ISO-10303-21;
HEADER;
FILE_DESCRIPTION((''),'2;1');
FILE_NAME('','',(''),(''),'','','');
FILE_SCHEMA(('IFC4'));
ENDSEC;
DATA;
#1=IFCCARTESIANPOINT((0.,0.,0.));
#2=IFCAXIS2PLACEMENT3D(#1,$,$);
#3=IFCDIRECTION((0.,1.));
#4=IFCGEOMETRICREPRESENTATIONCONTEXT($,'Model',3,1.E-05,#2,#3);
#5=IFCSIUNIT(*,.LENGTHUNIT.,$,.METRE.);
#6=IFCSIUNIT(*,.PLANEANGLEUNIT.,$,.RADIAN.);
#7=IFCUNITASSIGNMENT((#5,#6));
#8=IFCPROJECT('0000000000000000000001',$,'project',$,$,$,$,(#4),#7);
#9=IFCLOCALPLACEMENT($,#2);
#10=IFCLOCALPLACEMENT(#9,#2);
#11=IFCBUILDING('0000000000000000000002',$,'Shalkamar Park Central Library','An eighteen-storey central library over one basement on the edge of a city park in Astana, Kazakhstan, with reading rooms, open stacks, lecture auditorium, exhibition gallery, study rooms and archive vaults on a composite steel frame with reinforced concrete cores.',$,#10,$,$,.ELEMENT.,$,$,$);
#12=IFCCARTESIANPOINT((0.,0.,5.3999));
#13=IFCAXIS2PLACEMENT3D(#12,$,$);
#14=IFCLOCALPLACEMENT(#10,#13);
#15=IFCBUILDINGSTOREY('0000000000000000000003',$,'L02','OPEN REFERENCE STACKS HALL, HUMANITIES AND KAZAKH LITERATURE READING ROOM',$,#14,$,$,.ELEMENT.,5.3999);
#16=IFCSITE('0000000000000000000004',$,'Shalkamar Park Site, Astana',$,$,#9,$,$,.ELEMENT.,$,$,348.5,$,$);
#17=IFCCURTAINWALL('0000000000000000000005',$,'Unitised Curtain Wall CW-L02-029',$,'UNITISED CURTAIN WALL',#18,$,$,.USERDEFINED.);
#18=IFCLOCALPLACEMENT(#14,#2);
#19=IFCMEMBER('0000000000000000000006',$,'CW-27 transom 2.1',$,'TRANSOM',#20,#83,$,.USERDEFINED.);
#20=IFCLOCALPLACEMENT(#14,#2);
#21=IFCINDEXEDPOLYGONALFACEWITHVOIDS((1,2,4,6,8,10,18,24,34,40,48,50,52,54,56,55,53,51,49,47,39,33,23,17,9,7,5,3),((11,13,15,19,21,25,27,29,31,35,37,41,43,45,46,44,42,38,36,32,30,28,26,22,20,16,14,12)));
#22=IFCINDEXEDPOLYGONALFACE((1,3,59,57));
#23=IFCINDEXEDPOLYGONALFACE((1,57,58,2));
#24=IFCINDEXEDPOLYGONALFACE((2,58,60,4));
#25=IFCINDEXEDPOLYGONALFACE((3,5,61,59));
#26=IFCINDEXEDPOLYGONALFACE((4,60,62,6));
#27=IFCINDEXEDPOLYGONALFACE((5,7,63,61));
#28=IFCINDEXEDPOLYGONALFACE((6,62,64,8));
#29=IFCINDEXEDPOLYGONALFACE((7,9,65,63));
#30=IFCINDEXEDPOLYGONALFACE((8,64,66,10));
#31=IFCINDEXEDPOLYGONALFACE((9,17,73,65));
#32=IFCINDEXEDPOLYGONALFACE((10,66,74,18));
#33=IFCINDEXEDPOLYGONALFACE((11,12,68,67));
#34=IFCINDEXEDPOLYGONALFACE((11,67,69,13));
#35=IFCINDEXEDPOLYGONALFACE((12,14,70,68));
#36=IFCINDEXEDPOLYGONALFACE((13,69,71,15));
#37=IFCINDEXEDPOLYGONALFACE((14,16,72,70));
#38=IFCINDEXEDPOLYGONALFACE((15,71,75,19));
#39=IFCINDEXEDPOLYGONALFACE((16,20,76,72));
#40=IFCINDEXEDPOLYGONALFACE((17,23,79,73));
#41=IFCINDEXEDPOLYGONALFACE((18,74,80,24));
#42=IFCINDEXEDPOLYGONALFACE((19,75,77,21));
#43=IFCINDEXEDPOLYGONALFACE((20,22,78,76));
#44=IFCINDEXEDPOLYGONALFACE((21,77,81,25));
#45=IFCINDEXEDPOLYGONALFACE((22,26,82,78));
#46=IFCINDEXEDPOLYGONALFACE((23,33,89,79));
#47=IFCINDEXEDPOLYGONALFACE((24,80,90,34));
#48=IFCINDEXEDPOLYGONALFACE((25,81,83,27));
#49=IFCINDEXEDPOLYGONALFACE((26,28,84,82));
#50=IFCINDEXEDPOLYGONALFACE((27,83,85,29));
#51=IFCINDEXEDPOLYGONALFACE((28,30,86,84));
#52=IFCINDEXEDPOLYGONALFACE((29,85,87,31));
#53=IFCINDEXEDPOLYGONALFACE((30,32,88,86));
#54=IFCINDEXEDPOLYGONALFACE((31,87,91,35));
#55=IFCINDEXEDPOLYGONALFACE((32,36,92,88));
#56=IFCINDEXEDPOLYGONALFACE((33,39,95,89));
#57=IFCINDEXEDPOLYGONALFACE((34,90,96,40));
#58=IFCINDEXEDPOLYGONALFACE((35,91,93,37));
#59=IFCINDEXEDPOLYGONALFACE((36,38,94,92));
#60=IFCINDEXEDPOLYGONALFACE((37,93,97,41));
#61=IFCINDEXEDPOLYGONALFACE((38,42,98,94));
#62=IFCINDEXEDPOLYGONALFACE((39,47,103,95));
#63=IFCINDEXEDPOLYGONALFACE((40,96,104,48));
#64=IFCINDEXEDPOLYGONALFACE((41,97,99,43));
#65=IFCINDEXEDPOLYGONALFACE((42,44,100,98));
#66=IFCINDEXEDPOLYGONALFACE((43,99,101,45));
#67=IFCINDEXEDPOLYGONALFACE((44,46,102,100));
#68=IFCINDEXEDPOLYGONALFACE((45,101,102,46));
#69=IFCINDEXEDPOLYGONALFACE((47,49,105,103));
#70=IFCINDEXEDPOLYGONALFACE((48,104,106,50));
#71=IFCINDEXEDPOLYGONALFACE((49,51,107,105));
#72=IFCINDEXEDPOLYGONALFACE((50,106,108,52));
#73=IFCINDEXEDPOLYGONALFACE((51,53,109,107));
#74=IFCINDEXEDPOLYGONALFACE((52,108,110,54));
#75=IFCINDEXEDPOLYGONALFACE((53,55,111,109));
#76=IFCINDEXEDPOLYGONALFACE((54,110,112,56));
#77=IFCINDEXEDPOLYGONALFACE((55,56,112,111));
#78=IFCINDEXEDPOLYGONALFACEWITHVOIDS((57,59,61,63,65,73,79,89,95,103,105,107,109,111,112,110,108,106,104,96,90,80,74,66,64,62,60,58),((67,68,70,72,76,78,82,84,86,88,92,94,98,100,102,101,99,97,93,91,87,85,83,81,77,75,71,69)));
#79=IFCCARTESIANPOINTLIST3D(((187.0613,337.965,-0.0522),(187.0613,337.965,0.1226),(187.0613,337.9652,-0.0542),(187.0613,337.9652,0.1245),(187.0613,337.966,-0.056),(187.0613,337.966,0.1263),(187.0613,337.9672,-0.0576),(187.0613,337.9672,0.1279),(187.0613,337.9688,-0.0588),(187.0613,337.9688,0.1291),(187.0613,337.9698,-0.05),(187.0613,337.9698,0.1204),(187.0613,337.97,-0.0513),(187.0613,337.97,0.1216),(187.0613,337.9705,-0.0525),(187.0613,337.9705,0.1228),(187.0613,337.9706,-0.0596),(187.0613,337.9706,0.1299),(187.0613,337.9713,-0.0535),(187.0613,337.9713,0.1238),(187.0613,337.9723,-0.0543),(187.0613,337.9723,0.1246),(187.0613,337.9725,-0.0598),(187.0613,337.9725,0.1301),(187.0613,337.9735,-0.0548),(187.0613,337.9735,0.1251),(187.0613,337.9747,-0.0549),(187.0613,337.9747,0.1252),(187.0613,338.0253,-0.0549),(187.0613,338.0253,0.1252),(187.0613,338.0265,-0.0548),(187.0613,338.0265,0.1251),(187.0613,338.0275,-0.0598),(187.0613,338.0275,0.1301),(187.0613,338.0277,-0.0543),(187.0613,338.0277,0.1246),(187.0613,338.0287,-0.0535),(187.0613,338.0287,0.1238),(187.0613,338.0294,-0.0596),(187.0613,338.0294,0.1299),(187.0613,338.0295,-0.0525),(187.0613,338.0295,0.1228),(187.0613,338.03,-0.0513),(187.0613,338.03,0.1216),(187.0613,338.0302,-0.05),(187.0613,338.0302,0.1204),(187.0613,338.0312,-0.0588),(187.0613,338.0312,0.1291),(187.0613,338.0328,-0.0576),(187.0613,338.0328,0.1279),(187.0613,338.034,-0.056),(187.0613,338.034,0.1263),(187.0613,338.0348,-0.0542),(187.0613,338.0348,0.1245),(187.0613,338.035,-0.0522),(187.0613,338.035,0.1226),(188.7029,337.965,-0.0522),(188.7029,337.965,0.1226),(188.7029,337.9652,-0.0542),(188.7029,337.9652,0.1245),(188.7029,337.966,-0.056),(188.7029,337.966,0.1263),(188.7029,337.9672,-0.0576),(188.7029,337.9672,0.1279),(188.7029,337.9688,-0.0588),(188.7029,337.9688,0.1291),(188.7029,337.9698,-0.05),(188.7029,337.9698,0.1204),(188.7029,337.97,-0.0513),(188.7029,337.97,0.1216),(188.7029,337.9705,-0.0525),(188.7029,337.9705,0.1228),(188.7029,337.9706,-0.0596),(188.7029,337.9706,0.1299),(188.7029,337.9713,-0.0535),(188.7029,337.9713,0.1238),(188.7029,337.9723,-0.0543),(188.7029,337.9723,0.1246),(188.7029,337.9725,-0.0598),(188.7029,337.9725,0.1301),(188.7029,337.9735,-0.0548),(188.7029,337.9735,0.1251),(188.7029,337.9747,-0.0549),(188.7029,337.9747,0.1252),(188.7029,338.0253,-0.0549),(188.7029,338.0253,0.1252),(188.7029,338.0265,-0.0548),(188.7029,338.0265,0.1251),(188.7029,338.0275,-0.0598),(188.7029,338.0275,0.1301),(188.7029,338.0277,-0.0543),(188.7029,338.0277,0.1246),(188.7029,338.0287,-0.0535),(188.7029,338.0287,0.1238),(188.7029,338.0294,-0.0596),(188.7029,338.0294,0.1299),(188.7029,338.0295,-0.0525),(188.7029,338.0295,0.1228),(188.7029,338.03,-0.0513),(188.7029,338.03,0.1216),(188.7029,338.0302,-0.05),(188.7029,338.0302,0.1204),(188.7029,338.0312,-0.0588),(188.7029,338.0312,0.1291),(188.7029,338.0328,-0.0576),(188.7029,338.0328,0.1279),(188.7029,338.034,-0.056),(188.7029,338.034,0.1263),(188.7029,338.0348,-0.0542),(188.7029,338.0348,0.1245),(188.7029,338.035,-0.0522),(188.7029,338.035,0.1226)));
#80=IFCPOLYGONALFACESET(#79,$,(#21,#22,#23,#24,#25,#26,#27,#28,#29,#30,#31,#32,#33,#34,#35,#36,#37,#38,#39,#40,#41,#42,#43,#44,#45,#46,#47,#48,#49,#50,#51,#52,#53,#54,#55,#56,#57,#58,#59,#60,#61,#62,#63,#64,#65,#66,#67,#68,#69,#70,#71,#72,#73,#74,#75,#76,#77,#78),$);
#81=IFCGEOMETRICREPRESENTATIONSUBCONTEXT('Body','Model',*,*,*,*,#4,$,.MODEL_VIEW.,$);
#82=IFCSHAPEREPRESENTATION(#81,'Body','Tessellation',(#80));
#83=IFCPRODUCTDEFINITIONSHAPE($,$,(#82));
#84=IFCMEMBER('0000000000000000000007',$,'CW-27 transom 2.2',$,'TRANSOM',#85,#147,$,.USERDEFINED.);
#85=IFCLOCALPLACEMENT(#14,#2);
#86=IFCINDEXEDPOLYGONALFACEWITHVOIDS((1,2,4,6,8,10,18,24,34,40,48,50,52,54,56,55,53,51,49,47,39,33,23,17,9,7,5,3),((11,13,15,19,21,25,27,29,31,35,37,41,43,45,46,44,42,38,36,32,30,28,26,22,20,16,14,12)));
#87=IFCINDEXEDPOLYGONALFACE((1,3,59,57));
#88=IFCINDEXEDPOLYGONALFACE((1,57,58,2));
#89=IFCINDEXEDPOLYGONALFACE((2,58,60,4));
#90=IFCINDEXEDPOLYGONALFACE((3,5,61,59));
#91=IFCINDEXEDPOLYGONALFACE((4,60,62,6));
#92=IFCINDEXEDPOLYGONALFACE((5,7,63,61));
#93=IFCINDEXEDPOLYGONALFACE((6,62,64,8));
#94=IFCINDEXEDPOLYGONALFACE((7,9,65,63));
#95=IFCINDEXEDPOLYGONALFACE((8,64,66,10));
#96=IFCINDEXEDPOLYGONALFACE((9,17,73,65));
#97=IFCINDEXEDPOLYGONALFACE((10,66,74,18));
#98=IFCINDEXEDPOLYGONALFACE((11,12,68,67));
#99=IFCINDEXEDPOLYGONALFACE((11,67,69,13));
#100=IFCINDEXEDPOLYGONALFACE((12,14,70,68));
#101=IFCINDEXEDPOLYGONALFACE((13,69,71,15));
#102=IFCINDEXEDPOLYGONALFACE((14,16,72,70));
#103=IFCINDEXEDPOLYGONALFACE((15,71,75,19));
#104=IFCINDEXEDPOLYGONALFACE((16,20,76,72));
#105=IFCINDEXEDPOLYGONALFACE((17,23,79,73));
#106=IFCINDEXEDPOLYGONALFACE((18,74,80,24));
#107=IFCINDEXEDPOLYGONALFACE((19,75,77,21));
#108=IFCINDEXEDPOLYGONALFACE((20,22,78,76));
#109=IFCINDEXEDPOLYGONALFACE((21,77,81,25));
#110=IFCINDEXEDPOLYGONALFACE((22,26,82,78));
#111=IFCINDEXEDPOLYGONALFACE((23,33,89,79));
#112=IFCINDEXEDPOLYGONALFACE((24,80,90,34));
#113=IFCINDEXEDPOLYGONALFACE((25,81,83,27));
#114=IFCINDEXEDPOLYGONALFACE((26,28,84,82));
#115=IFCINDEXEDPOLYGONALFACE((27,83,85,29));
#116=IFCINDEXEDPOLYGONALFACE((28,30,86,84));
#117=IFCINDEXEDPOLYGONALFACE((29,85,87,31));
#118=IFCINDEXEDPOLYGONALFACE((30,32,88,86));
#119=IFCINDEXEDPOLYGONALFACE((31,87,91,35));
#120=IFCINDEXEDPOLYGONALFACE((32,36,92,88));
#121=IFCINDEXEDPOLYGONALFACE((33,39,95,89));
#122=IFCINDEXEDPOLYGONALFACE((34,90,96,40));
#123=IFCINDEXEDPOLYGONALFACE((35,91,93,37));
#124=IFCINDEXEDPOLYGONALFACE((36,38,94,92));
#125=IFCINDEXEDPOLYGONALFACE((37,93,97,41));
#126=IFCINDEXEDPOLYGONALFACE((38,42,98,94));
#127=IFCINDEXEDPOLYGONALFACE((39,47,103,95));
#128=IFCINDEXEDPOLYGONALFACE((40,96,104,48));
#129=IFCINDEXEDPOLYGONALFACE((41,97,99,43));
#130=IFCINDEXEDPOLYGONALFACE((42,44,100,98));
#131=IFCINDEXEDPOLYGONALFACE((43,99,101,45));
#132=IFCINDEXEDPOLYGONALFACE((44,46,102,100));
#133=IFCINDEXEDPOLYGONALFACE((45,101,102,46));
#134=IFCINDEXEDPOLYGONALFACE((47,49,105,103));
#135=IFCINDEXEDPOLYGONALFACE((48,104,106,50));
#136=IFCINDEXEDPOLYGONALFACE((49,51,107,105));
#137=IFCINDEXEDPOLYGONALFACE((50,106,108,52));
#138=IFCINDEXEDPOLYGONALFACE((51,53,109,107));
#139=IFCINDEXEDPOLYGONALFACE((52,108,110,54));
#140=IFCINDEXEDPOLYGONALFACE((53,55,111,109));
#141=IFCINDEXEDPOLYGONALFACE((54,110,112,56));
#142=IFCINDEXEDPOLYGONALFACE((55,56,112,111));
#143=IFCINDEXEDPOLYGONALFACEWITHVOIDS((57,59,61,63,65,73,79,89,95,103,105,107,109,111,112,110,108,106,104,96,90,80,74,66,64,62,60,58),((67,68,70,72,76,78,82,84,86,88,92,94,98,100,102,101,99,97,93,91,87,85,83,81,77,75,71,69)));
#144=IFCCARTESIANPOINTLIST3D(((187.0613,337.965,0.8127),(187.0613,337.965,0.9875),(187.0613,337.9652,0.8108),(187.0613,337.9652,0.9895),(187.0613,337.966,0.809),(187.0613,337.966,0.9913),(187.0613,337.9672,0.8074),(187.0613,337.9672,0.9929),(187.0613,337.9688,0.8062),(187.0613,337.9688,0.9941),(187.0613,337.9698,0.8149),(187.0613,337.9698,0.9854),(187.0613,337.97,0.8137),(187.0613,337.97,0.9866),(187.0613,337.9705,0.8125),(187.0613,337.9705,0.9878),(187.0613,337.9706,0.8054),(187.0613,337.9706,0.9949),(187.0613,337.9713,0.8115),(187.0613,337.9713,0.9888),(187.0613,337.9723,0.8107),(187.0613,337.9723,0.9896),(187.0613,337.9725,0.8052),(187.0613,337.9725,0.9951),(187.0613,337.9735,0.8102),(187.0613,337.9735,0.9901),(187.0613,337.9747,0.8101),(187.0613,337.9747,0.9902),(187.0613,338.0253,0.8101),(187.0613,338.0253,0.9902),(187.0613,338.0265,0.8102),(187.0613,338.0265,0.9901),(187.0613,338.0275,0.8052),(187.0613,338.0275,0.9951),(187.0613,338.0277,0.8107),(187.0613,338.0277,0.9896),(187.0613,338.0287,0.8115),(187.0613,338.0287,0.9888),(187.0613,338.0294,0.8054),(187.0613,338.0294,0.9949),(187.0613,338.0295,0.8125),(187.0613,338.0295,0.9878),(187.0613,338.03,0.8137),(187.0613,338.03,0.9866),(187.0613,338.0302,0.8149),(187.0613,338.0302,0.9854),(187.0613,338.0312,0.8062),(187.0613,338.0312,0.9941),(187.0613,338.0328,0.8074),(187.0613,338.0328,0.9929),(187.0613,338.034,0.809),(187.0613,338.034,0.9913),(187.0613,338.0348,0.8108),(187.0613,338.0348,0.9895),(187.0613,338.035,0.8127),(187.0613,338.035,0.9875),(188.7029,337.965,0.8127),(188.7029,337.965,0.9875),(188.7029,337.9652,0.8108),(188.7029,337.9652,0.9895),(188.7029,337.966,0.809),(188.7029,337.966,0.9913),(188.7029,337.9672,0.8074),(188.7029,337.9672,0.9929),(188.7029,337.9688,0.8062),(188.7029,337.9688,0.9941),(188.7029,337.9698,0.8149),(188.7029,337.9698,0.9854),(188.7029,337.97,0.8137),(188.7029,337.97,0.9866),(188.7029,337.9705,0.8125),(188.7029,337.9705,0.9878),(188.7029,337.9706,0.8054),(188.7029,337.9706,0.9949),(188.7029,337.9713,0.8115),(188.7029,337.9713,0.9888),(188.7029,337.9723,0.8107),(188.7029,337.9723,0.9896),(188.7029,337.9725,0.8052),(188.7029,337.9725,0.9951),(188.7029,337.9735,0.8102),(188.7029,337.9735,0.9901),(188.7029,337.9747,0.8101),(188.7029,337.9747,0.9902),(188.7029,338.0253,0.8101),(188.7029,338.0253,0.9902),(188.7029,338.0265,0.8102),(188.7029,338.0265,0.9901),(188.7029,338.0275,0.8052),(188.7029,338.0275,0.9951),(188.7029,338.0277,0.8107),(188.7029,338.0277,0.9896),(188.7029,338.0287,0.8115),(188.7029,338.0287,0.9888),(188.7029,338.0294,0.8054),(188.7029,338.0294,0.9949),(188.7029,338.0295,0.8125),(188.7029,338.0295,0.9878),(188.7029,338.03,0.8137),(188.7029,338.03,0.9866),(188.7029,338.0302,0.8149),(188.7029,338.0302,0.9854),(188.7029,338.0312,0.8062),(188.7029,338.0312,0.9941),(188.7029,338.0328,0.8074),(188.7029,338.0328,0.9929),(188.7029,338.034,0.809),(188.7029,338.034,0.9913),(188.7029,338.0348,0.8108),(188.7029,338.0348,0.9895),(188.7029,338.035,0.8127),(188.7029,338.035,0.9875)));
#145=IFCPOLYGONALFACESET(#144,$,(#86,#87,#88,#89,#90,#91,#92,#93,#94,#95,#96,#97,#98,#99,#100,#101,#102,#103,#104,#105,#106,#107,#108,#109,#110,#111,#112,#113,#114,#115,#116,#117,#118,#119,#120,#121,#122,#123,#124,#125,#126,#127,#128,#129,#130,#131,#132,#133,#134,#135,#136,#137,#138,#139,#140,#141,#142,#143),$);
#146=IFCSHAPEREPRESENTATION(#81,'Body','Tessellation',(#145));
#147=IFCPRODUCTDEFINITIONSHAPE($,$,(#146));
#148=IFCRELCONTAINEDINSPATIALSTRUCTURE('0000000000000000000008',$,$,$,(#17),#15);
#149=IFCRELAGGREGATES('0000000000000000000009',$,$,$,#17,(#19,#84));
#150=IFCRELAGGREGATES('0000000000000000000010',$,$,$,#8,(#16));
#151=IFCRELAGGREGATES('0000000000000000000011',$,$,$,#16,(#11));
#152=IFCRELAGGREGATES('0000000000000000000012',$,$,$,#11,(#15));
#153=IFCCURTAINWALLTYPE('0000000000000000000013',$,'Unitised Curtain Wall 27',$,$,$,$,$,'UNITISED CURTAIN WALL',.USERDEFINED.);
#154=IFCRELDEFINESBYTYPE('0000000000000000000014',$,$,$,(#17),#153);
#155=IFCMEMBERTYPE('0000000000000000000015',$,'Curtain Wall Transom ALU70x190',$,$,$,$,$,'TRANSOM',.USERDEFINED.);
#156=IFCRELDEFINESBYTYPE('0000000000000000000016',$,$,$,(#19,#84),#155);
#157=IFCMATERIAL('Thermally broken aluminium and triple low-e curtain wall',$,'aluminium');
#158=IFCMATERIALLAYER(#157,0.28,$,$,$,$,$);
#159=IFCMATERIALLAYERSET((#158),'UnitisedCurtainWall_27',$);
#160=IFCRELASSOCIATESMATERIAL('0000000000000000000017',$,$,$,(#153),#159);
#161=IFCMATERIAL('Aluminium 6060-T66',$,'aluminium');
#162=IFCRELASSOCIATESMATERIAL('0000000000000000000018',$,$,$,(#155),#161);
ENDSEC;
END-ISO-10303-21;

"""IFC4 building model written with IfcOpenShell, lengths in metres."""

from ifc_helpers import new_model, si_unit, direction, frame, origin, origin_2d, place, context, subcontext, project, spatial, hollow_rectangle, extrude, material, layer, layer_set, material_profile, profile_set, type_object, element, aggregate, save


model = new_model("IFC4")

# Units and contexts
model_context = context("Model", 3, precision=1e-05, world=origin(), true_north=direction((0.0, 1.0)))
body_context = subcontext(model_context, "Body", "Model", "MODEL_VIEW")
ifc_project = project(units=[si_unit("LENGTHUNIT", "METRE"), si_unit("PLANEANGLEUNIT", "RADIAN")], contexts=[model_context])

# Site, building, storey
site_placement = place(None, origin())
site = spatial("IfcSite", under=ifc_project, at=site_placement, Name="Shalkamar Park Site, Astana", CompositionType="ELEMENT", RefElevation=348.5)
building_placement = place(site_placement, origin())
building = spatial("IfcBuilding", under=site, at=building_placement, Name="Shalkamar Park Central Library", Description="An eighteen-storey central library over one basement on the edge of a city park in Astana, Kazakhstan, with reading rooms, open stacks, lecture auditorium, exhibition gallery, study rooms and archive vaults on a composite steel frame with reinforced concrete cores.", CompositionType="ELEMENT")
storey_placement = place(building_placement, frame((0.0, 0.0, 5.3999)))
storey = spatial("IfcBuildingStorey", under=building, at=storey_placement, Name="L02", Description="OPEN REFERENCE STACKS HALL, HUMANITIES AND KAZAKH LITERATURE READING ROOM", CompositionType="ELEMENT", Elevation=5.3999)

# Shared definitions
ifc_material_1 = material(Name="Thermally broken aluminium and triple low-e curtain wall", Category="aluminium")
ifc_material_2 = material(Name="Aluminium 6060-T66", Category="aluminium")

# Curtain wall
ifc_layer_1 = layer(ifc_material_1, 0.28)
ifc_layer_set_1 = layer_set([ifc_layer_1], Name="UnitisedCurtainWall_27")
curtain_wall_type_1 = type_object("IfcCurtainWallType", Name="Unitised Curtain Wall 27", ElementType="UNITISED CURTAIN WALL", PredefinedType="USERDEFINED", material=ifc_layer_set_1)
curtain_wall_1_placement = place(storey_placement, origin())
curtain_wall_1 = element("IfcCurtainWall", 1, at=curtain_wall_1_placement, inside=storey, type_object=curtain_wall_type_1, Name="Unitised Curtain Wall CW-L02-029", ObjectType="UNITISED CURTAIN WALL", PredefinedType="USERDEFINED")

# Members
ifc_material_profile_1 = material_profile(ifc_material_2, hollow_rectangle(XDim=0.0701, YDim=0.1899, WallThickness=0.0049, InnerFilletRadius=0.0049, OuterFilletRadius=0.0076, at=origin_2d()), Name="ALU 70x190x5")
ifc_profile_set_1 = profile_set([ifc_material_profile_1], Name="Aluminium 6060-T66")
member_type_1 = type_object("IfcMemberType", Name="Curtain Wall Transom ALU70x190", ElementType="TRANSOM", PredefinedType="USERDEFINED", material=ifc_profile_set_1)
member_1_placement = place(storey_placement, frame((187.0613, 338.0, 0.0352), z_axis=(1.0, 0.0, 0.0), x_axis=(0.0, 1.0, 0.0)))
member_1 = element("IfcMember", 2, at=member_1_placement, type_object=member_type_1, Name="CW-27 transom 2.1", ObjectType="TRANSOM", PredefinedType="USERDEFINED", context=body_context, shape_type="SweptSolid", body=[
    extrude(hollow_rectangle(XDim=0.0701, YDim=0.1899, WallThickness=0.0049, InnerFilletRadius=0.0049, OuterFilletRadius=0.0076, at=origin_2d()), origin(), (0.0, 0.0, 1.0), 1.6416),
])
member_2_placement = place(storey_placement, frame((187.0613, 338.0, 0.9001), z_axis=(1.0, 0.0, 0.0), x_axis=(0.0, 1.0, 0.0)))
member_2 = element("IfcMember", 3, at=member_2_placement, type_object=member_type_1, Name="CW-27 transom 2.2", ObjectType="TRANSOM", PredefinedType="USERDEFINED", context=body_context, shape_type="SweptSolid", body=[
    extrude(hollow_rectangle(XDim=0.0701, YDim=0.1899, WallThickness=0.0049, InnerFilletRadius=0.0049, OuterFilletRadius=0.0076, at=origin_2d()), origin(), (0.0, 0.0, 1.0), 1.6416),
])

aggregate(curtain_wall_1, [member_1, member_2])

save(model, "model.ifc")
